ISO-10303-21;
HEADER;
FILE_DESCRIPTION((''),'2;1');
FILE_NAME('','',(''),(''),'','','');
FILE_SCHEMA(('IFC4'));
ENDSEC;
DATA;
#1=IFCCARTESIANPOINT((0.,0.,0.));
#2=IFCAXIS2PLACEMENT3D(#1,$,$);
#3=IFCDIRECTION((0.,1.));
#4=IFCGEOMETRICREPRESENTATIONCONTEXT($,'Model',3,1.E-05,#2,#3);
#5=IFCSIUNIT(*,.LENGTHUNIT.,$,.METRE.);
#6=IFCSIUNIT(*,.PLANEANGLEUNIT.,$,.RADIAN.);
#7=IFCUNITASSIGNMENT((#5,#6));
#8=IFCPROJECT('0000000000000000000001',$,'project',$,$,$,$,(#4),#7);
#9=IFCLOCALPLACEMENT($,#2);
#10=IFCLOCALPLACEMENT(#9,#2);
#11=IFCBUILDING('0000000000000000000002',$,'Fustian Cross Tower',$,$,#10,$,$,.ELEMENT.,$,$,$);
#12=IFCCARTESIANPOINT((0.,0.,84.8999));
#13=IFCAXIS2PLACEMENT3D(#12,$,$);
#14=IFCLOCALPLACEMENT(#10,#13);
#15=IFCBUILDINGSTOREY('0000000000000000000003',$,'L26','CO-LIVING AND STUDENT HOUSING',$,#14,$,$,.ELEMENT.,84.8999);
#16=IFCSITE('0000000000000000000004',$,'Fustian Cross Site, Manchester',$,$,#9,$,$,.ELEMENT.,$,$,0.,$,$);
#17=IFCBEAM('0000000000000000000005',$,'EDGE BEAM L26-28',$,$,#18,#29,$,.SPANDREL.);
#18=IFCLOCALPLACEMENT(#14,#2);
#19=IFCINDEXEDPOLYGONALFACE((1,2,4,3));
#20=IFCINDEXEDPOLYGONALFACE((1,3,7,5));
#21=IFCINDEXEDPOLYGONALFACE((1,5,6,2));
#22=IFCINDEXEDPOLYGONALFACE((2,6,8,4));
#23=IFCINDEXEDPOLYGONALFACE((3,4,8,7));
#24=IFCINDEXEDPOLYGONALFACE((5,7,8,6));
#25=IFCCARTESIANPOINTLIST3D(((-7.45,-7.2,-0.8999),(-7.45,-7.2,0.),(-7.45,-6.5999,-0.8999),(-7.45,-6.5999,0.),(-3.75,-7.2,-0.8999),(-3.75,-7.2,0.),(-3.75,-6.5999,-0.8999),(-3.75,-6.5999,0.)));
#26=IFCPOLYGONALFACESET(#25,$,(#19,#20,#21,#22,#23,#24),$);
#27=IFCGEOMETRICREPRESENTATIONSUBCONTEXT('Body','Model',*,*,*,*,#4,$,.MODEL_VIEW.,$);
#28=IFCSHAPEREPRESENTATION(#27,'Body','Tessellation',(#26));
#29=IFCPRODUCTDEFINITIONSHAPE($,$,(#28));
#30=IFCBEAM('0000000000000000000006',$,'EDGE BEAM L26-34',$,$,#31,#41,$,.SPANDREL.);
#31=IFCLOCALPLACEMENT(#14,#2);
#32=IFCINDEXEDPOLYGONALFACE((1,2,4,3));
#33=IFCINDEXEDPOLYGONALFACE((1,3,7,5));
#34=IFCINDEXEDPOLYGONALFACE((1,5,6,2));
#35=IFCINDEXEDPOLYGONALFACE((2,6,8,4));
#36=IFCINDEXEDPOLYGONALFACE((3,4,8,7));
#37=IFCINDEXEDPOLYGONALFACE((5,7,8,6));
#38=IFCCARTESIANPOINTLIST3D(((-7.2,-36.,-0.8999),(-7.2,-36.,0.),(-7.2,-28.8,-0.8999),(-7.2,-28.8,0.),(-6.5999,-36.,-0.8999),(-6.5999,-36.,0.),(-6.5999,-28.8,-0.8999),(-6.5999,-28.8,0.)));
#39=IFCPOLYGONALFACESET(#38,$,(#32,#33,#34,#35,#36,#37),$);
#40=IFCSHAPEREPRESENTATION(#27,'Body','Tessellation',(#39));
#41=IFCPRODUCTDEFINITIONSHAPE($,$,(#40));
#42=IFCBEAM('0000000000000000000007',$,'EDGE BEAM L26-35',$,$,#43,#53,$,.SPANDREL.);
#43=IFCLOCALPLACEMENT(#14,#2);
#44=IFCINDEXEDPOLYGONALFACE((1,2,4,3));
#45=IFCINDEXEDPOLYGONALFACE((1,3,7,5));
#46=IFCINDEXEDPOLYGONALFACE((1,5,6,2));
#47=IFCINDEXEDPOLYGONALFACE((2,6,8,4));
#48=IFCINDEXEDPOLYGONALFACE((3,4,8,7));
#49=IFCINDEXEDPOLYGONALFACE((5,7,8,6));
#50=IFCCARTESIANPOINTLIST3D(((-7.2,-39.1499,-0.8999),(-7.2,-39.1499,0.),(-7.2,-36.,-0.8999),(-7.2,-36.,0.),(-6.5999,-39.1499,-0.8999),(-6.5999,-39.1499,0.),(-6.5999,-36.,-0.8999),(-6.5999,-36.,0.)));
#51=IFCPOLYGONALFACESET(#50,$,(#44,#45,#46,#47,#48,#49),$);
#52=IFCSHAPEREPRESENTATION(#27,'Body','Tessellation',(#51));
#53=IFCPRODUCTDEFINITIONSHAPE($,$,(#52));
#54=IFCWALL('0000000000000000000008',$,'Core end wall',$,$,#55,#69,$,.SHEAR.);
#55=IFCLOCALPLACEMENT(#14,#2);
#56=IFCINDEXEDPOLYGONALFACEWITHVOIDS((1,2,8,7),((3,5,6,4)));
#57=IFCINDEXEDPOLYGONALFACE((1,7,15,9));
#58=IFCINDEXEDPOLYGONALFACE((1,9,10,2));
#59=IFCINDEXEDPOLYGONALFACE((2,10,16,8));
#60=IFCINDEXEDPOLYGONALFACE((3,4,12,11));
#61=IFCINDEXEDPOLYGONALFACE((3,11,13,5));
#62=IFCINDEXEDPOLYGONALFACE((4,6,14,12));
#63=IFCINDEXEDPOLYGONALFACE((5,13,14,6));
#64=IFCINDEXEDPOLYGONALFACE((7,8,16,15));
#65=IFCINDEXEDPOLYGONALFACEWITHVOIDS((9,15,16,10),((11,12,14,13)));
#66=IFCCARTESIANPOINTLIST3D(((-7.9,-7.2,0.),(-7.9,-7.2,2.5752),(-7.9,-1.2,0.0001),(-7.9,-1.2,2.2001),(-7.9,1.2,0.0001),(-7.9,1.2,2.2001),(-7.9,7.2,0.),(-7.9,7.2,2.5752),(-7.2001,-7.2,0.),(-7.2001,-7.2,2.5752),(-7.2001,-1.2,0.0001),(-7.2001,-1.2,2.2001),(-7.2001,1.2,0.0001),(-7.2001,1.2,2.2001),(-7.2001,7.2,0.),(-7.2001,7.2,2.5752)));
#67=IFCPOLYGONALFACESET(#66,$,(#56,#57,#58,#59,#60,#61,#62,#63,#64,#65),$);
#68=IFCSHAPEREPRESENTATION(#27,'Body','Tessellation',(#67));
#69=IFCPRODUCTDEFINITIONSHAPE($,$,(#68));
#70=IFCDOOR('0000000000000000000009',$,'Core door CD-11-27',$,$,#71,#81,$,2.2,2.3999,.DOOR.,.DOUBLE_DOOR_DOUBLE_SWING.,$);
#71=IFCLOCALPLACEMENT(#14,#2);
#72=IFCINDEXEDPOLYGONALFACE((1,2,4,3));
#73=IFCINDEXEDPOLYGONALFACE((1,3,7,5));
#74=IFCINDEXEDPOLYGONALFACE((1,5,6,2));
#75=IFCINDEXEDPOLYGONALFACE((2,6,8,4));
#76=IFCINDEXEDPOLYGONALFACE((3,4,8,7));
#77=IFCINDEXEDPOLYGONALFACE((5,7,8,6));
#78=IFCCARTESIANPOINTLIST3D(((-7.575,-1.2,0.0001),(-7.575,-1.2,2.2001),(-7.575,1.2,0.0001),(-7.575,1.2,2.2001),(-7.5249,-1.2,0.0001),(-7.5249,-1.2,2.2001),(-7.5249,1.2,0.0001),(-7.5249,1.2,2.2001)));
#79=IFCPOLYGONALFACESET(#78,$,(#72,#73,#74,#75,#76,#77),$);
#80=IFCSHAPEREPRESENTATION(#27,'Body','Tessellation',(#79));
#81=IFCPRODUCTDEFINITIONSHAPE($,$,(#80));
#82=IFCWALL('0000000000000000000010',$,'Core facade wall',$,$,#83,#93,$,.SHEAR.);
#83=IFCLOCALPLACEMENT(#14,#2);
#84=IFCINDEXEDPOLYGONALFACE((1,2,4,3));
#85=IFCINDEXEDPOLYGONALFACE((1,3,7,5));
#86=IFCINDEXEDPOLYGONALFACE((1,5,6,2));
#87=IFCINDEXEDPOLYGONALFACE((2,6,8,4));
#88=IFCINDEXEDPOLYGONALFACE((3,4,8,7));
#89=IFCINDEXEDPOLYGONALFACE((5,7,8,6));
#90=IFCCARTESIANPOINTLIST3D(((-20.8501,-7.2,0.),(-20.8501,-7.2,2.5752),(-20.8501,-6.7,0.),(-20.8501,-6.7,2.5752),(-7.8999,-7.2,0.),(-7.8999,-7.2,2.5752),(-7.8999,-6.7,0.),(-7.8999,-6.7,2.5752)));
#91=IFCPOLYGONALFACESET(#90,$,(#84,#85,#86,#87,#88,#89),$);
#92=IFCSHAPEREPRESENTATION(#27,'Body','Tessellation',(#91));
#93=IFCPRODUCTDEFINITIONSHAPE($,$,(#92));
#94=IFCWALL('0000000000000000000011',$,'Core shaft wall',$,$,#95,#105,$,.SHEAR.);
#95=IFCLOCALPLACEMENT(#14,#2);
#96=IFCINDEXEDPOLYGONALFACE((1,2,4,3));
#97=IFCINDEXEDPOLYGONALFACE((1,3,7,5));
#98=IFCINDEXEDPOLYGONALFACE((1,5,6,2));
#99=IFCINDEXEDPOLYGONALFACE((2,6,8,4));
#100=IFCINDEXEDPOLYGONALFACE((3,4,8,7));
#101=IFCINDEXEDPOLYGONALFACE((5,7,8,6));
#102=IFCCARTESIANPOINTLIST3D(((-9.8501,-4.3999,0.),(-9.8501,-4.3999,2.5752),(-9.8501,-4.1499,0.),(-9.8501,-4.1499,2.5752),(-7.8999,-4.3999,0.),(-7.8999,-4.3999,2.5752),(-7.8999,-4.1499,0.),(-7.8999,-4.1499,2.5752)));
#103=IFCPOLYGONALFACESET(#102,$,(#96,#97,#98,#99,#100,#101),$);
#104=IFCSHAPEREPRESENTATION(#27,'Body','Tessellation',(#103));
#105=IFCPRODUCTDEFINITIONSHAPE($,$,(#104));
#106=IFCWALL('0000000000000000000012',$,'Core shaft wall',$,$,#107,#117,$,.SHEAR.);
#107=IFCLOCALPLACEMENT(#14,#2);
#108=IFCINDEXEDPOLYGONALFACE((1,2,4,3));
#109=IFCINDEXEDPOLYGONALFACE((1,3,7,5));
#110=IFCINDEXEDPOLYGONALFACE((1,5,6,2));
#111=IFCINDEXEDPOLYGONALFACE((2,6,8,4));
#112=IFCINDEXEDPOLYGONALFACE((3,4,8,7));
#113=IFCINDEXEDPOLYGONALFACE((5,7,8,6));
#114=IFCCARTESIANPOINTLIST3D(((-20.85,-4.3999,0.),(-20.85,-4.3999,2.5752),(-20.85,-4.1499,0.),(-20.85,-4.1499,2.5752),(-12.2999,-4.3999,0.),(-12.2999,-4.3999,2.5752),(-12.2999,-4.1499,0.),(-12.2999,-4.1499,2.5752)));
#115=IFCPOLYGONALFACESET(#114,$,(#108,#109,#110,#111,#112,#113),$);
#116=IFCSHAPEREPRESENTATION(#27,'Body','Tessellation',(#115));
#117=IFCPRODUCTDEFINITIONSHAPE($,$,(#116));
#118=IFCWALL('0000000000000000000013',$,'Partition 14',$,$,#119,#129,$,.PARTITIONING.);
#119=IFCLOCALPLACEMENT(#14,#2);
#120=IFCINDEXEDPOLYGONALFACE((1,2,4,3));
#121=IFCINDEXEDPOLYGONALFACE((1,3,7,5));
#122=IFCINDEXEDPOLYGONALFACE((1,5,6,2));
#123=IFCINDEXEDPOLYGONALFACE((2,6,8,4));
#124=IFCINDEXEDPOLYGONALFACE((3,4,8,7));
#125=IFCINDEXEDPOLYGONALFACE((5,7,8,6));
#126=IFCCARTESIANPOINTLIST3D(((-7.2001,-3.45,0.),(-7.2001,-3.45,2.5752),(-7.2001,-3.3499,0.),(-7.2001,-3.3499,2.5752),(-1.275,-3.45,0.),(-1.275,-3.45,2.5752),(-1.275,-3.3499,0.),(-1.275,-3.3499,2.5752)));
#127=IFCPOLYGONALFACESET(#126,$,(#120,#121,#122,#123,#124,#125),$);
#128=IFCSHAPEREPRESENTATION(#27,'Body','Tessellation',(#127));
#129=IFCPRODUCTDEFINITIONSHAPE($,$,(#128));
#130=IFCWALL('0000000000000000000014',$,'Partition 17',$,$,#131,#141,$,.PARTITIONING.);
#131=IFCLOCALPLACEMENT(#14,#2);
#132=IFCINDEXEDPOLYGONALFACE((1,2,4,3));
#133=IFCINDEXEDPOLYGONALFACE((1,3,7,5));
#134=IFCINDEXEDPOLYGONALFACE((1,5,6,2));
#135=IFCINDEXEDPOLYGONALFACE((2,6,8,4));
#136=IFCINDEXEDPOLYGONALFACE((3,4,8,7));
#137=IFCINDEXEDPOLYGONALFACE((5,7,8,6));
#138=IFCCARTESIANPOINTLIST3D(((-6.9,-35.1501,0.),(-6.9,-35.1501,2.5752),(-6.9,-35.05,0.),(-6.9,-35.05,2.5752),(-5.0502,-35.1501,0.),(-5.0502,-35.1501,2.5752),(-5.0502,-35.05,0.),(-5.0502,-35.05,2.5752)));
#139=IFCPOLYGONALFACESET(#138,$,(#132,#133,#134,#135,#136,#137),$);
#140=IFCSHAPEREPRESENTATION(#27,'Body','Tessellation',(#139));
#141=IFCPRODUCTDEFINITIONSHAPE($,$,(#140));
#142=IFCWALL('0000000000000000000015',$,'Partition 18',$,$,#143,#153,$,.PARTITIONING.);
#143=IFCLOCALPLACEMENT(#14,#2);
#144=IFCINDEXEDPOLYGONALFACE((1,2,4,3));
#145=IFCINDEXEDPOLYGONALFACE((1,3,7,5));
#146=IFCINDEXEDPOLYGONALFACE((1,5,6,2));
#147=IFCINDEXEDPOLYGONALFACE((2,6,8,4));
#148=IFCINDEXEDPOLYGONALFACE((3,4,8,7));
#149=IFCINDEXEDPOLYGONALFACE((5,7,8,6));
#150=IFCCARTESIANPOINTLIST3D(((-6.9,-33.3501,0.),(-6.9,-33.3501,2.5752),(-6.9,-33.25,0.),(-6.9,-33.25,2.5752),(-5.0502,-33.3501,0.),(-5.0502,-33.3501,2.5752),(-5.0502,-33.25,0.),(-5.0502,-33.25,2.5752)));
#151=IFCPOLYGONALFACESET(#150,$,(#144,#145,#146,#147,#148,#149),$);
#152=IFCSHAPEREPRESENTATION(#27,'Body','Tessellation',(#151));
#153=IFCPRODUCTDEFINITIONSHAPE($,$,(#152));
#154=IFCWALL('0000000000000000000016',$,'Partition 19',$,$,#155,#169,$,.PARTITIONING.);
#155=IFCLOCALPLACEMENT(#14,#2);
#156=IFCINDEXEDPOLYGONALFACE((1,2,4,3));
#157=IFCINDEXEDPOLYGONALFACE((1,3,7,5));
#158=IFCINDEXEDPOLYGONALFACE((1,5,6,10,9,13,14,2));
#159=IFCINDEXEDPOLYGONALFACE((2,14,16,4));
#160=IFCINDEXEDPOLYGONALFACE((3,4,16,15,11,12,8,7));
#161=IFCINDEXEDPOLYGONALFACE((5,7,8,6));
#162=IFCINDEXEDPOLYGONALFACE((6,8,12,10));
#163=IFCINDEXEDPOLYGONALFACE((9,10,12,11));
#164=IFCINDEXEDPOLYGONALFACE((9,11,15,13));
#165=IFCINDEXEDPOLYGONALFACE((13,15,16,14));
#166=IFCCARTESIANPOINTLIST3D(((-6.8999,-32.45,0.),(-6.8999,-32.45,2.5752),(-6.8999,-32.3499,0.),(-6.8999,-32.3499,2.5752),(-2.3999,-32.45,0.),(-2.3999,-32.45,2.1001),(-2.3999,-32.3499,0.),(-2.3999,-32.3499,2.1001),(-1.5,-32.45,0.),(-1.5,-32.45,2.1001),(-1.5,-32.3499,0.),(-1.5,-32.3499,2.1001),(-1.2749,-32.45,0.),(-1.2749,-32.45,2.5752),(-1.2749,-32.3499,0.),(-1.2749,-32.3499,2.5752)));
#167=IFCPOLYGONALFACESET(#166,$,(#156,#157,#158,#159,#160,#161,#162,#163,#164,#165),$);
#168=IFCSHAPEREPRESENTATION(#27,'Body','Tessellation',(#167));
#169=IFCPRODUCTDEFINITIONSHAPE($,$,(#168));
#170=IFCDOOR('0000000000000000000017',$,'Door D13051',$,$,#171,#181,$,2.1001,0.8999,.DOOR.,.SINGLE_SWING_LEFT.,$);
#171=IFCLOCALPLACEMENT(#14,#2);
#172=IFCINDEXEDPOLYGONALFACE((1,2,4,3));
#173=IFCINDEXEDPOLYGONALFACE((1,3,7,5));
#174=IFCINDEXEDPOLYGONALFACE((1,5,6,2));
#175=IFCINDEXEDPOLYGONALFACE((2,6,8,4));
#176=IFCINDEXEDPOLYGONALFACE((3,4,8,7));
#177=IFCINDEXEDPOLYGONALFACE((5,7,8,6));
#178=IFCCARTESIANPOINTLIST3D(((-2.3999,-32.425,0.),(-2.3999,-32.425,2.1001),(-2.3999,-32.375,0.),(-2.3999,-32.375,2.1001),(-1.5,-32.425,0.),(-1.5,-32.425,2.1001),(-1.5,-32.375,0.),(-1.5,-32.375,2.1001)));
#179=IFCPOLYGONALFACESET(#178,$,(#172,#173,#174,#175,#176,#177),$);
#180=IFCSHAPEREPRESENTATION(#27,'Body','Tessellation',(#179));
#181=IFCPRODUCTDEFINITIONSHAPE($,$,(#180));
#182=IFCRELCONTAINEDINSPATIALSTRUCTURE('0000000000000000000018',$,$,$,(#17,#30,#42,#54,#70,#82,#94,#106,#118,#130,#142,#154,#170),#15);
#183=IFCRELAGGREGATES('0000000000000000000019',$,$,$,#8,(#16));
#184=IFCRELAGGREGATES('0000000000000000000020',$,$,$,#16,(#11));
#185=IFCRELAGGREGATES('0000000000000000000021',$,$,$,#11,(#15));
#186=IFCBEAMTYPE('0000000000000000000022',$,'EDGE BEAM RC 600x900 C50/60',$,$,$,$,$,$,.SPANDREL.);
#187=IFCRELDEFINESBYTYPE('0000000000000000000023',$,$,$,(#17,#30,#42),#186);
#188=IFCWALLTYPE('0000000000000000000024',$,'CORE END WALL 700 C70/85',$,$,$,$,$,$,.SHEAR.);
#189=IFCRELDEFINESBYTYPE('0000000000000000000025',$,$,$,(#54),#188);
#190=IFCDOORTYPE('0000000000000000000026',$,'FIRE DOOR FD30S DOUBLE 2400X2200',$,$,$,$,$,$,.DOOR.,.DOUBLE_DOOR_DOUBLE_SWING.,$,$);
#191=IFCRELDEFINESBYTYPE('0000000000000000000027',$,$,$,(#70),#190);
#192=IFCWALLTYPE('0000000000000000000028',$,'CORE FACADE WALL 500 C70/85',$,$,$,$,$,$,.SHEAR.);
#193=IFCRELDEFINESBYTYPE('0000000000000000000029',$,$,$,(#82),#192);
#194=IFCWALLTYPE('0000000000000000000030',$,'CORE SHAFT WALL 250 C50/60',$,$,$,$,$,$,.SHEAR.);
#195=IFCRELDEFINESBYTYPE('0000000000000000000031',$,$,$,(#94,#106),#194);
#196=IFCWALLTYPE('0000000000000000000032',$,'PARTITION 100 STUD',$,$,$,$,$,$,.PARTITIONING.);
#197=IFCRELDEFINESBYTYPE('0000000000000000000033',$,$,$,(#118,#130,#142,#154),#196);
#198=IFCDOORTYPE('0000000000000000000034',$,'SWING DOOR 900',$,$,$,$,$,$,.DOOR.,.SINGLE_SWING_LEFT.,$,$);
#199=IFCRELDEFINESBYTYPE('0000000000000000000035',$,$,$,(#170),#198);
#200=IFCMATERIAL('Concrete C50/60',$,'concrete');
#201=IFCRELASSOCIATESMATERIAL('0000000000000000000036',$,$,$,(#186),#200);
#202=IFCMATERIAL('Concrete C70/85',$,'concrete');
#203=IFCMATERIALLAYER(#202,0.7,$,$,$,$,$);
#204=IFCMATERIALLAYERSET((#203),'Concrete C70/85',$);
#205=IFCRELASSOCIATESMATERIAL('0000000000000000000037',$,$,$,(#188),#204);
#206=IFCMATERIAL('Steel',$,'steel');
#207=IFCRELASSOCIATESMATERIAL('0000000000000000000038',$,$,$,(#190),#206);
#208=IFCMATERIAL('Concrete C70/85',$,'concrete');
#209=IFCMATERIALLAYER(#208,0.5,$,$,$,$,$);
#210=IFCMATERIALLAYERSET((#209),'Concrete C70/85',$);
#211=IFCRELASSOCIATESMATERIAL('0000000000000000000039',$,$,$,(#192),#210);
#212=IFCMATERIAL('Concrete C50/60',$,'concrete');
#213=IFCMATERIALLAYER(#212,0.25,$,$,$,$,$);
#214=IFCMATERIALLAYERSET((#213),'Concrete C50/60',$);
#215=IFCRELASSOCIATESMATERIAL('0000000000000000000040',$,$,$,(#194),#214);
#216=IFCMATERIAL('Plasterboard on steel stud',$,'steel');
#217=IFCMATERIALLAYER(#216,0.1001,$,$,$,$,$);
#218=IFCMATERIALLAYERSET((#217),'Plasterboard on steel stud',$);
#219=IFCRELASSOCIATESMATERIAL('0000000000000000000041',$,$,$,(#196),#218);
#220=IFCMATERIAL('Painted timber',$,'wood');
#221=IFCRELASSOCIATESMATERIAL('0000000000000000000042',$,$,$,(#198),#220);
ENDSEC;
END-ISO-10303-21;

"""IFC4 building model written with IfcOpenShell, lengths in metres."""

from ifc_helpers import new_model, si_unit, direction, frame, frame_2d, origin, origin_2d, place, context, subcontext, project, spatial, rectangle, extrude, material, layer, layer_set, material_profile, profile_set, type_object, element, fill, save


model = new_model("IFC4")

# Units and contexts
model_context = context("Model", 3, precision=1e-05, world=origin(), true_north=direction((0.0, 1.0)))
body_context = subcontext(model_context, "Body", "Model", "MODEL_VIEW")
ifc_project = project(units=[si_unit("LENGTHUNIT", "METRE"), si_unit("PLANEANGLEUNIT", "RADIAN")], contexts=[model_context])

# Site, building, storey
site_placement = place(None, origin())
site = spatial("IfcSite", under=ifc_project, at=site_placement, Name="Fustian Cross Site, Manchester", CompositionType="ELEMENT", RefElevation=0.0)
building_placement = place(site_placement, origin())
building = spatial("IfcBuilding", under=site, at=building_placement, Name="Fustian Cross Tower", CompositionType="ELEMENT")
storey_placement = place(building_placement, frame((0.0, 0.0, 84.8999)))
storey = spatial("IfcBuildingStorey", under=building, at=storey_placement, Name="L26", Description="CO-LIVING AND STUDENT HOUSING", CompositionType="ELEMENT", Elevation=84.8999)

# Beams
ifc_material_1 = material(Name="Concrete C50/60", Category="concrete")
ifc_material_profile = material_profile(ifc_material_1, rectangle(XDim=0.6001, YDim=0.8999, at=origin_2d()), Name="RC 600x900")
ifc_profile_set = profile_set([ifc_material_profile], Name="Concrete C50/60")
beam_type = type_object("IfcBeamType", Name="EDGE BEAM RC 600x900 C50/60", PredefinedType="SPANDREL", material=ifc_profile_set)
beam_1_placement = place(storey_placement, frame((-7.45, -6.8999, -0.45), z_axis=(1.0, 0.0, 0.0), x_axis=(0.0, 1.0, 0.0)))
element("IfcBeam", 1, at=beam_1_placement, inside=storey, type_object=beam_type, Name="EDGE BEAM L26-28", PredefinedType="SPANDREL", context=body_context, shape_type="SweptSolid", body=[
    extrude(rectangle(XDim=0.6001, YDim=0.8999, at=origin_2d()), origin(), (0.0, 0.0, 1.0), 3.7),
])
beam_2_placement = place(storey_placement, frame((-6.8999, -28.8, -0.45), z_axis=(0.0, -1.0, 0.0), x_axis=(1.0, 0.0, 0.0)))
element("IfcBeam", 2, at=beam_2_placement, inside=storey, type_object=beam_type, Name="EDGE BEAM L26-34", PredefinedType="SPANDREL", context=body_context, shape_type="SweptSolid", body=[
    extrude(rectangle(XDim=0.6001, YDim=0.8999, at=origin_2d()), origin(), (0.0, 0.0, 1.0), 7.2),
])
beam_3_placement = place(storey_placement, frame((-6.8999, -36.0, -0.45), z_axis=(0.0, -1.0, 0.0), x_axis=(1.0, 0.0, 0.0)))
element("IfcBeam", 3, at=beam_3_placement, inside=storey, type_object=beam_type, Name="EDGE BEAM L26-35", PredefinedType="SPANDREL", context=body_context, shape_type="SweptSolid", body=[
    extrude(rectangle(XDim=0.6001, YDim=0.8999, at=origin_2d()), origin(), (0.0, 0.0, 1.0), 3.1499),
])

# Wall, opening, door
ifc_material_2 = material(Name="Concrete C70/85", Category="concrete")
ifc_layer_1 = layer(ifc_material_2, 0.7)
ifc_layer_set_1 = layer_set([ifc_layer_1], Name="Concrete C70/85")
wall_type_1 = type_object("IfcWallType", Name="CORE END WALL 700 C70/85", PredefinedType="SHEAR", material=ifc_layer_set_1)
wall_1_placement = place(storey_placement, frame((-7.55, -7.2, 0.0), z_axis=(0.0, 0.0, 1.0), x_axis=(0.0, 1.0, 0.0)))
wall_1 = element("IfcWall", 4, at=wall_1_placement, inside=storey, type_object=wall_type_1, Name="Core end wall", PredefinedType="SHEAR", context=body_context, shape_type="SweptSolid", body=[
    extrude(rectangle(XDim=14.3999, YDim=0.7, at=frame_2d((7.2, 0.0))), origin(), (0.0, 0.0, 1.0), 2.5752),
])
opening_1_placement = place(wall_1_placement, frame((6.0, 0.0, 0.0)))
opening_1 = element("IfcOpeningElement", 5, at=opening_1_placement, cuts=wall_1, PredefinedType="OPENING", context=body_context, shape_type="SweptSolid", body=[
    extrude(rectangle(XDim=2.3999, YDim=2.2, at=frame_2d((1.2, 1.1001))), frame((0.0, 0.3599, 0.0), z_axis=(0.0, -1.0, 0.0), x_axis=(1.0, 0.0, 0.0)), (0.0, 0.0, 1.0), 0.72),
])
ifc_material_3 = material(Name="Steel", Category="steel")
door_type_1 = type_object("IfcDoorType", Name="FIRE DOOR FD30S DOUBLE 2400X2200", OperationType="DOUBLE_DOOR_DOUBLE_SWING", PredefinedType="DOOR", material=ifc_material_3)
door_1_placement = place(opening_1_placement, origin())
door_1 = element("IfcDoor", 6, at=door_1_placement, inside=storey, type_object=door_type_1, Name="Core door CD-11-27", OperationType="DOUBLE_DOOR_DOUBLE_SWING", OverallHeight=2.2, OverallWidth=2.3999, PredefinedType="DOOR", context=body_context, shape_type="SweptSolid", body=[
    extrude(rectangle(XDim=2.3999, YDim=2.2, at=frame_2d((1.2, 1.1001))), frame((0.0, 0.0249, 0.0), z_axis=(0.0, -1.0, 0.0), x_axis=(1.0, 0.0, 0.0)), (0.0, 0.0, 1.0), 0.05),
])
fill(opening_1, door_1)

# Walls
ifc_material_4 = material(Name="Concrete C70/85", Category="concrete")
ifc_layer_2 = layer(ifc_material_4, 0.5)
ifc_layer_set_2 = layer_set([ifc_layer_2], Name="Concrete C70/85")
wall_type_2 = type_object("IfcWallType", Name="CORE FACADE WALL 500 C70/85", PredefinedType="SHEAR", material=ifc_layer_set_2)
wall_2_placement = place(storey_placement, frame((-7.8999, -6.95, 0.0), z_axis=(0.0, 0.0, 1.0), x_axis=(-1.0, 0.0, 0.0)))
element("IfcWall", 7, at=wall_2_placement, inside=storey, type_object=wall_type_2, Name="Core facade wall", PredefinedType="SHEAR", context=body_context, shape_type="SweptSolid", body=[
    extrude(rectangle(XDim=12.9502, YDim=0.5, at=frame_2d((6.4751, 0.0))), origin(), (0.0, 0.0, 1.0), 2.5752),
])
ifc_material_5 = material(Name="Concrete C50/60", Category="concrete")
ifc_layer_3 = layer(ifc_material_5, 0.25)
ifc_layer_set_3 = layer_set([ifc_layer_3], Name="Concrete C50/60")
wall_type_3 = type_object("IfcWallType", Name="CORE SHAFT WALL 250 C50/60", PredefinedType="SHEAR", material=ifc_layer_set_3)
wall_3_placement = place(storey_placement, frame((-7.8999, -4.2749, 0.0), z_axis=(0.0, 0.0, 1.0), x_axis=(-1.0, 0.0, 0.0)))
element("IfcWall", 8, at=wall_3_placement, inside=storey, type_object=wall_type_3, Name="Core shaft wall", PredefinedType="SHEAR", context=body_context, shape_type="SweptSolid", body=[
    extrude(rectangle(XDim=1.9502, YDim=0.25, at=frame_2d((0.9751, 0.0))), origin(), (0.0, 0.0, 1.0), 2.5752),
])
wall_4_placement = place(storey_placement, frame((-12.3, -4.2749, 0.0), z_axis=(0.0, 0.0, 1.0), x_axis=(-1.0, 0.0, 0.0)))
element("IfcWall", 9, at=wall_4_placement, inside=storey, type_object=wall_type_3, Name="Core shaft wall", PredefinedType="SHEAR", context=body_context, shape_type="SweptSolid", body=[
    extrude(rectangle(XDim=8.55, YDim=0.25, at=frame_2d((4.2749, 0.0))), origin(), (0.0, 0.0, 1.0), 2.5752),
])
ifc_material_6 = material(Name="Plasterboard on steel stud", Category="steel")
ifc_layer_4 = layer(ifc_material_6, 0.1001)
ifc_layer_set_4 = layer_set([ifc_layer_4], Name="Plasterboard on steel stud")
wall_type_4 = type_object("IfcWallType", Name="PARTITION 100 STUD", PredefinedType="PARTITIONING", material=ifc_layer_set_4)
wall_5_placement = place(storey_placement, frame((-7.2, -3.3999, 0.0), z_axis=(0.0, 0.0, 1.0), x_axis=(1.0, 0.0, 0.0)))
element("IfcWall", 10, at=wall_5_placement, inside=storey, type_object=wall_type_4, Name="Partition 14", PredefinedType="PARTITIONING", context=body_context, shape_type="SweptSolid", body=[
    extrude(rectangle(XDim=5.925, YDim=0.1001, at=frame_2d((2.9624, 0.0))), origin(), (0.0, 0.0, 1.0), 2.5752),
])
for number, where, z_axis, x_axis, name in (
    (11, (-6.8999, -35.1001, 0.0), (0.0, 0.0, 1.0), (1.0, 0.0, 0.0), "Partition 17"),
    (12, (-6.8999, -33.3, 0.0), (0.0, 0.0, 1.0), (1.0, 0.0, 0.0), "Partition 18"),
):
    element("IfcWall", number, at=place(storey_placement, frame(where, z_axis=z_axis, x_axis=x_axis)), inside=storey, type_object=wall_type_4, Name=name, PredefinedType="PARTITIONING", context=body_context, shape_type="SweptSolid", body=[
        extrude(rectangle(XDim=1.8499, YDim=0.1001, at=frame_2d((0.9248, 0.0))), origin(), (0.0, 0.0, 1.0), 2.5752),
    ])

# Wall, opening, door
wall_6_placement = place(storey_placement, frame((-6.8999, -32.3999, 0.0), z_axis=(0.0, 0.0, 1.0), x_axis=(1.0, 0.0, 0.0)))
wall_6 = element("IfcWall", 13, at=wall_6_placement, inside=storey, type_object=wall_type_4, Name="Partition 19", PredefinedType="PARTITIONING", context=body_context, shape_type="SweptSolid", body=[
    extrude(rectangle(XDim=5.625, YDim=0.1001, at=frame_2d((2.8125, 0.0))), origin(), (0.0, 0.0, 1.0), 2.5752),
])
opening_2_placement = place(wall_6_placement, frame((4.5, 0.0, 0.0)))
opening_2 = element("IfcOpeningElement", 14, at=opening_2_placement, cuts=wall_6, PredefinedType="OPENING", context=body_context, shape_type="SweptSolid", body=[
    extrude(rectangle(XDim=0.8999, YDim=2.1001, at=frame_2d((0.45, 1.05))), frame((0.0, 0.0601, 0.0), z_axis=(0.0, -1.0, 0.0), x_axis=(1.0, 0.0, 0.0)), (0.0, 0.0, 1.0), 0.1201),
])
ifc_material_7 = material(Name="Painted timber", Category="wood")
door_type_2 = type_object("IfcDoorType", Name="SWING DOOR 900", OperationType="SINGLE_SWING_LEFT", PredefinedType="DOOR", material=ifc_material_7)
door_2_placement = place(opening_2_placement, origin())
door_2 = element("IfcDoor", 15, at=door_2_placement, inside=storey, type_object=door_type_2, Name="Door D13051", OperationType="SINGLE_SWING_LEFT", OverallHeight=2.1001, OverallWidth=0.8999, PredefinedType="DOOR", context=body_context, shape_type="SweptSolid", body=[
    extrude(rectangle(XDim=0.8999, YDim=2.1001, at=frame_2d((0.45, 1.05))), frame((0.0, 0.0249, 0.0), z_axis=(0.0, -1.0, 0.0), x_axis=(1.0, 0.0, 0.0)), (0.0, 0.0, 1.0), 0.05),
])
fill(opening_2, door_2)

save(model, "model.ifc")
